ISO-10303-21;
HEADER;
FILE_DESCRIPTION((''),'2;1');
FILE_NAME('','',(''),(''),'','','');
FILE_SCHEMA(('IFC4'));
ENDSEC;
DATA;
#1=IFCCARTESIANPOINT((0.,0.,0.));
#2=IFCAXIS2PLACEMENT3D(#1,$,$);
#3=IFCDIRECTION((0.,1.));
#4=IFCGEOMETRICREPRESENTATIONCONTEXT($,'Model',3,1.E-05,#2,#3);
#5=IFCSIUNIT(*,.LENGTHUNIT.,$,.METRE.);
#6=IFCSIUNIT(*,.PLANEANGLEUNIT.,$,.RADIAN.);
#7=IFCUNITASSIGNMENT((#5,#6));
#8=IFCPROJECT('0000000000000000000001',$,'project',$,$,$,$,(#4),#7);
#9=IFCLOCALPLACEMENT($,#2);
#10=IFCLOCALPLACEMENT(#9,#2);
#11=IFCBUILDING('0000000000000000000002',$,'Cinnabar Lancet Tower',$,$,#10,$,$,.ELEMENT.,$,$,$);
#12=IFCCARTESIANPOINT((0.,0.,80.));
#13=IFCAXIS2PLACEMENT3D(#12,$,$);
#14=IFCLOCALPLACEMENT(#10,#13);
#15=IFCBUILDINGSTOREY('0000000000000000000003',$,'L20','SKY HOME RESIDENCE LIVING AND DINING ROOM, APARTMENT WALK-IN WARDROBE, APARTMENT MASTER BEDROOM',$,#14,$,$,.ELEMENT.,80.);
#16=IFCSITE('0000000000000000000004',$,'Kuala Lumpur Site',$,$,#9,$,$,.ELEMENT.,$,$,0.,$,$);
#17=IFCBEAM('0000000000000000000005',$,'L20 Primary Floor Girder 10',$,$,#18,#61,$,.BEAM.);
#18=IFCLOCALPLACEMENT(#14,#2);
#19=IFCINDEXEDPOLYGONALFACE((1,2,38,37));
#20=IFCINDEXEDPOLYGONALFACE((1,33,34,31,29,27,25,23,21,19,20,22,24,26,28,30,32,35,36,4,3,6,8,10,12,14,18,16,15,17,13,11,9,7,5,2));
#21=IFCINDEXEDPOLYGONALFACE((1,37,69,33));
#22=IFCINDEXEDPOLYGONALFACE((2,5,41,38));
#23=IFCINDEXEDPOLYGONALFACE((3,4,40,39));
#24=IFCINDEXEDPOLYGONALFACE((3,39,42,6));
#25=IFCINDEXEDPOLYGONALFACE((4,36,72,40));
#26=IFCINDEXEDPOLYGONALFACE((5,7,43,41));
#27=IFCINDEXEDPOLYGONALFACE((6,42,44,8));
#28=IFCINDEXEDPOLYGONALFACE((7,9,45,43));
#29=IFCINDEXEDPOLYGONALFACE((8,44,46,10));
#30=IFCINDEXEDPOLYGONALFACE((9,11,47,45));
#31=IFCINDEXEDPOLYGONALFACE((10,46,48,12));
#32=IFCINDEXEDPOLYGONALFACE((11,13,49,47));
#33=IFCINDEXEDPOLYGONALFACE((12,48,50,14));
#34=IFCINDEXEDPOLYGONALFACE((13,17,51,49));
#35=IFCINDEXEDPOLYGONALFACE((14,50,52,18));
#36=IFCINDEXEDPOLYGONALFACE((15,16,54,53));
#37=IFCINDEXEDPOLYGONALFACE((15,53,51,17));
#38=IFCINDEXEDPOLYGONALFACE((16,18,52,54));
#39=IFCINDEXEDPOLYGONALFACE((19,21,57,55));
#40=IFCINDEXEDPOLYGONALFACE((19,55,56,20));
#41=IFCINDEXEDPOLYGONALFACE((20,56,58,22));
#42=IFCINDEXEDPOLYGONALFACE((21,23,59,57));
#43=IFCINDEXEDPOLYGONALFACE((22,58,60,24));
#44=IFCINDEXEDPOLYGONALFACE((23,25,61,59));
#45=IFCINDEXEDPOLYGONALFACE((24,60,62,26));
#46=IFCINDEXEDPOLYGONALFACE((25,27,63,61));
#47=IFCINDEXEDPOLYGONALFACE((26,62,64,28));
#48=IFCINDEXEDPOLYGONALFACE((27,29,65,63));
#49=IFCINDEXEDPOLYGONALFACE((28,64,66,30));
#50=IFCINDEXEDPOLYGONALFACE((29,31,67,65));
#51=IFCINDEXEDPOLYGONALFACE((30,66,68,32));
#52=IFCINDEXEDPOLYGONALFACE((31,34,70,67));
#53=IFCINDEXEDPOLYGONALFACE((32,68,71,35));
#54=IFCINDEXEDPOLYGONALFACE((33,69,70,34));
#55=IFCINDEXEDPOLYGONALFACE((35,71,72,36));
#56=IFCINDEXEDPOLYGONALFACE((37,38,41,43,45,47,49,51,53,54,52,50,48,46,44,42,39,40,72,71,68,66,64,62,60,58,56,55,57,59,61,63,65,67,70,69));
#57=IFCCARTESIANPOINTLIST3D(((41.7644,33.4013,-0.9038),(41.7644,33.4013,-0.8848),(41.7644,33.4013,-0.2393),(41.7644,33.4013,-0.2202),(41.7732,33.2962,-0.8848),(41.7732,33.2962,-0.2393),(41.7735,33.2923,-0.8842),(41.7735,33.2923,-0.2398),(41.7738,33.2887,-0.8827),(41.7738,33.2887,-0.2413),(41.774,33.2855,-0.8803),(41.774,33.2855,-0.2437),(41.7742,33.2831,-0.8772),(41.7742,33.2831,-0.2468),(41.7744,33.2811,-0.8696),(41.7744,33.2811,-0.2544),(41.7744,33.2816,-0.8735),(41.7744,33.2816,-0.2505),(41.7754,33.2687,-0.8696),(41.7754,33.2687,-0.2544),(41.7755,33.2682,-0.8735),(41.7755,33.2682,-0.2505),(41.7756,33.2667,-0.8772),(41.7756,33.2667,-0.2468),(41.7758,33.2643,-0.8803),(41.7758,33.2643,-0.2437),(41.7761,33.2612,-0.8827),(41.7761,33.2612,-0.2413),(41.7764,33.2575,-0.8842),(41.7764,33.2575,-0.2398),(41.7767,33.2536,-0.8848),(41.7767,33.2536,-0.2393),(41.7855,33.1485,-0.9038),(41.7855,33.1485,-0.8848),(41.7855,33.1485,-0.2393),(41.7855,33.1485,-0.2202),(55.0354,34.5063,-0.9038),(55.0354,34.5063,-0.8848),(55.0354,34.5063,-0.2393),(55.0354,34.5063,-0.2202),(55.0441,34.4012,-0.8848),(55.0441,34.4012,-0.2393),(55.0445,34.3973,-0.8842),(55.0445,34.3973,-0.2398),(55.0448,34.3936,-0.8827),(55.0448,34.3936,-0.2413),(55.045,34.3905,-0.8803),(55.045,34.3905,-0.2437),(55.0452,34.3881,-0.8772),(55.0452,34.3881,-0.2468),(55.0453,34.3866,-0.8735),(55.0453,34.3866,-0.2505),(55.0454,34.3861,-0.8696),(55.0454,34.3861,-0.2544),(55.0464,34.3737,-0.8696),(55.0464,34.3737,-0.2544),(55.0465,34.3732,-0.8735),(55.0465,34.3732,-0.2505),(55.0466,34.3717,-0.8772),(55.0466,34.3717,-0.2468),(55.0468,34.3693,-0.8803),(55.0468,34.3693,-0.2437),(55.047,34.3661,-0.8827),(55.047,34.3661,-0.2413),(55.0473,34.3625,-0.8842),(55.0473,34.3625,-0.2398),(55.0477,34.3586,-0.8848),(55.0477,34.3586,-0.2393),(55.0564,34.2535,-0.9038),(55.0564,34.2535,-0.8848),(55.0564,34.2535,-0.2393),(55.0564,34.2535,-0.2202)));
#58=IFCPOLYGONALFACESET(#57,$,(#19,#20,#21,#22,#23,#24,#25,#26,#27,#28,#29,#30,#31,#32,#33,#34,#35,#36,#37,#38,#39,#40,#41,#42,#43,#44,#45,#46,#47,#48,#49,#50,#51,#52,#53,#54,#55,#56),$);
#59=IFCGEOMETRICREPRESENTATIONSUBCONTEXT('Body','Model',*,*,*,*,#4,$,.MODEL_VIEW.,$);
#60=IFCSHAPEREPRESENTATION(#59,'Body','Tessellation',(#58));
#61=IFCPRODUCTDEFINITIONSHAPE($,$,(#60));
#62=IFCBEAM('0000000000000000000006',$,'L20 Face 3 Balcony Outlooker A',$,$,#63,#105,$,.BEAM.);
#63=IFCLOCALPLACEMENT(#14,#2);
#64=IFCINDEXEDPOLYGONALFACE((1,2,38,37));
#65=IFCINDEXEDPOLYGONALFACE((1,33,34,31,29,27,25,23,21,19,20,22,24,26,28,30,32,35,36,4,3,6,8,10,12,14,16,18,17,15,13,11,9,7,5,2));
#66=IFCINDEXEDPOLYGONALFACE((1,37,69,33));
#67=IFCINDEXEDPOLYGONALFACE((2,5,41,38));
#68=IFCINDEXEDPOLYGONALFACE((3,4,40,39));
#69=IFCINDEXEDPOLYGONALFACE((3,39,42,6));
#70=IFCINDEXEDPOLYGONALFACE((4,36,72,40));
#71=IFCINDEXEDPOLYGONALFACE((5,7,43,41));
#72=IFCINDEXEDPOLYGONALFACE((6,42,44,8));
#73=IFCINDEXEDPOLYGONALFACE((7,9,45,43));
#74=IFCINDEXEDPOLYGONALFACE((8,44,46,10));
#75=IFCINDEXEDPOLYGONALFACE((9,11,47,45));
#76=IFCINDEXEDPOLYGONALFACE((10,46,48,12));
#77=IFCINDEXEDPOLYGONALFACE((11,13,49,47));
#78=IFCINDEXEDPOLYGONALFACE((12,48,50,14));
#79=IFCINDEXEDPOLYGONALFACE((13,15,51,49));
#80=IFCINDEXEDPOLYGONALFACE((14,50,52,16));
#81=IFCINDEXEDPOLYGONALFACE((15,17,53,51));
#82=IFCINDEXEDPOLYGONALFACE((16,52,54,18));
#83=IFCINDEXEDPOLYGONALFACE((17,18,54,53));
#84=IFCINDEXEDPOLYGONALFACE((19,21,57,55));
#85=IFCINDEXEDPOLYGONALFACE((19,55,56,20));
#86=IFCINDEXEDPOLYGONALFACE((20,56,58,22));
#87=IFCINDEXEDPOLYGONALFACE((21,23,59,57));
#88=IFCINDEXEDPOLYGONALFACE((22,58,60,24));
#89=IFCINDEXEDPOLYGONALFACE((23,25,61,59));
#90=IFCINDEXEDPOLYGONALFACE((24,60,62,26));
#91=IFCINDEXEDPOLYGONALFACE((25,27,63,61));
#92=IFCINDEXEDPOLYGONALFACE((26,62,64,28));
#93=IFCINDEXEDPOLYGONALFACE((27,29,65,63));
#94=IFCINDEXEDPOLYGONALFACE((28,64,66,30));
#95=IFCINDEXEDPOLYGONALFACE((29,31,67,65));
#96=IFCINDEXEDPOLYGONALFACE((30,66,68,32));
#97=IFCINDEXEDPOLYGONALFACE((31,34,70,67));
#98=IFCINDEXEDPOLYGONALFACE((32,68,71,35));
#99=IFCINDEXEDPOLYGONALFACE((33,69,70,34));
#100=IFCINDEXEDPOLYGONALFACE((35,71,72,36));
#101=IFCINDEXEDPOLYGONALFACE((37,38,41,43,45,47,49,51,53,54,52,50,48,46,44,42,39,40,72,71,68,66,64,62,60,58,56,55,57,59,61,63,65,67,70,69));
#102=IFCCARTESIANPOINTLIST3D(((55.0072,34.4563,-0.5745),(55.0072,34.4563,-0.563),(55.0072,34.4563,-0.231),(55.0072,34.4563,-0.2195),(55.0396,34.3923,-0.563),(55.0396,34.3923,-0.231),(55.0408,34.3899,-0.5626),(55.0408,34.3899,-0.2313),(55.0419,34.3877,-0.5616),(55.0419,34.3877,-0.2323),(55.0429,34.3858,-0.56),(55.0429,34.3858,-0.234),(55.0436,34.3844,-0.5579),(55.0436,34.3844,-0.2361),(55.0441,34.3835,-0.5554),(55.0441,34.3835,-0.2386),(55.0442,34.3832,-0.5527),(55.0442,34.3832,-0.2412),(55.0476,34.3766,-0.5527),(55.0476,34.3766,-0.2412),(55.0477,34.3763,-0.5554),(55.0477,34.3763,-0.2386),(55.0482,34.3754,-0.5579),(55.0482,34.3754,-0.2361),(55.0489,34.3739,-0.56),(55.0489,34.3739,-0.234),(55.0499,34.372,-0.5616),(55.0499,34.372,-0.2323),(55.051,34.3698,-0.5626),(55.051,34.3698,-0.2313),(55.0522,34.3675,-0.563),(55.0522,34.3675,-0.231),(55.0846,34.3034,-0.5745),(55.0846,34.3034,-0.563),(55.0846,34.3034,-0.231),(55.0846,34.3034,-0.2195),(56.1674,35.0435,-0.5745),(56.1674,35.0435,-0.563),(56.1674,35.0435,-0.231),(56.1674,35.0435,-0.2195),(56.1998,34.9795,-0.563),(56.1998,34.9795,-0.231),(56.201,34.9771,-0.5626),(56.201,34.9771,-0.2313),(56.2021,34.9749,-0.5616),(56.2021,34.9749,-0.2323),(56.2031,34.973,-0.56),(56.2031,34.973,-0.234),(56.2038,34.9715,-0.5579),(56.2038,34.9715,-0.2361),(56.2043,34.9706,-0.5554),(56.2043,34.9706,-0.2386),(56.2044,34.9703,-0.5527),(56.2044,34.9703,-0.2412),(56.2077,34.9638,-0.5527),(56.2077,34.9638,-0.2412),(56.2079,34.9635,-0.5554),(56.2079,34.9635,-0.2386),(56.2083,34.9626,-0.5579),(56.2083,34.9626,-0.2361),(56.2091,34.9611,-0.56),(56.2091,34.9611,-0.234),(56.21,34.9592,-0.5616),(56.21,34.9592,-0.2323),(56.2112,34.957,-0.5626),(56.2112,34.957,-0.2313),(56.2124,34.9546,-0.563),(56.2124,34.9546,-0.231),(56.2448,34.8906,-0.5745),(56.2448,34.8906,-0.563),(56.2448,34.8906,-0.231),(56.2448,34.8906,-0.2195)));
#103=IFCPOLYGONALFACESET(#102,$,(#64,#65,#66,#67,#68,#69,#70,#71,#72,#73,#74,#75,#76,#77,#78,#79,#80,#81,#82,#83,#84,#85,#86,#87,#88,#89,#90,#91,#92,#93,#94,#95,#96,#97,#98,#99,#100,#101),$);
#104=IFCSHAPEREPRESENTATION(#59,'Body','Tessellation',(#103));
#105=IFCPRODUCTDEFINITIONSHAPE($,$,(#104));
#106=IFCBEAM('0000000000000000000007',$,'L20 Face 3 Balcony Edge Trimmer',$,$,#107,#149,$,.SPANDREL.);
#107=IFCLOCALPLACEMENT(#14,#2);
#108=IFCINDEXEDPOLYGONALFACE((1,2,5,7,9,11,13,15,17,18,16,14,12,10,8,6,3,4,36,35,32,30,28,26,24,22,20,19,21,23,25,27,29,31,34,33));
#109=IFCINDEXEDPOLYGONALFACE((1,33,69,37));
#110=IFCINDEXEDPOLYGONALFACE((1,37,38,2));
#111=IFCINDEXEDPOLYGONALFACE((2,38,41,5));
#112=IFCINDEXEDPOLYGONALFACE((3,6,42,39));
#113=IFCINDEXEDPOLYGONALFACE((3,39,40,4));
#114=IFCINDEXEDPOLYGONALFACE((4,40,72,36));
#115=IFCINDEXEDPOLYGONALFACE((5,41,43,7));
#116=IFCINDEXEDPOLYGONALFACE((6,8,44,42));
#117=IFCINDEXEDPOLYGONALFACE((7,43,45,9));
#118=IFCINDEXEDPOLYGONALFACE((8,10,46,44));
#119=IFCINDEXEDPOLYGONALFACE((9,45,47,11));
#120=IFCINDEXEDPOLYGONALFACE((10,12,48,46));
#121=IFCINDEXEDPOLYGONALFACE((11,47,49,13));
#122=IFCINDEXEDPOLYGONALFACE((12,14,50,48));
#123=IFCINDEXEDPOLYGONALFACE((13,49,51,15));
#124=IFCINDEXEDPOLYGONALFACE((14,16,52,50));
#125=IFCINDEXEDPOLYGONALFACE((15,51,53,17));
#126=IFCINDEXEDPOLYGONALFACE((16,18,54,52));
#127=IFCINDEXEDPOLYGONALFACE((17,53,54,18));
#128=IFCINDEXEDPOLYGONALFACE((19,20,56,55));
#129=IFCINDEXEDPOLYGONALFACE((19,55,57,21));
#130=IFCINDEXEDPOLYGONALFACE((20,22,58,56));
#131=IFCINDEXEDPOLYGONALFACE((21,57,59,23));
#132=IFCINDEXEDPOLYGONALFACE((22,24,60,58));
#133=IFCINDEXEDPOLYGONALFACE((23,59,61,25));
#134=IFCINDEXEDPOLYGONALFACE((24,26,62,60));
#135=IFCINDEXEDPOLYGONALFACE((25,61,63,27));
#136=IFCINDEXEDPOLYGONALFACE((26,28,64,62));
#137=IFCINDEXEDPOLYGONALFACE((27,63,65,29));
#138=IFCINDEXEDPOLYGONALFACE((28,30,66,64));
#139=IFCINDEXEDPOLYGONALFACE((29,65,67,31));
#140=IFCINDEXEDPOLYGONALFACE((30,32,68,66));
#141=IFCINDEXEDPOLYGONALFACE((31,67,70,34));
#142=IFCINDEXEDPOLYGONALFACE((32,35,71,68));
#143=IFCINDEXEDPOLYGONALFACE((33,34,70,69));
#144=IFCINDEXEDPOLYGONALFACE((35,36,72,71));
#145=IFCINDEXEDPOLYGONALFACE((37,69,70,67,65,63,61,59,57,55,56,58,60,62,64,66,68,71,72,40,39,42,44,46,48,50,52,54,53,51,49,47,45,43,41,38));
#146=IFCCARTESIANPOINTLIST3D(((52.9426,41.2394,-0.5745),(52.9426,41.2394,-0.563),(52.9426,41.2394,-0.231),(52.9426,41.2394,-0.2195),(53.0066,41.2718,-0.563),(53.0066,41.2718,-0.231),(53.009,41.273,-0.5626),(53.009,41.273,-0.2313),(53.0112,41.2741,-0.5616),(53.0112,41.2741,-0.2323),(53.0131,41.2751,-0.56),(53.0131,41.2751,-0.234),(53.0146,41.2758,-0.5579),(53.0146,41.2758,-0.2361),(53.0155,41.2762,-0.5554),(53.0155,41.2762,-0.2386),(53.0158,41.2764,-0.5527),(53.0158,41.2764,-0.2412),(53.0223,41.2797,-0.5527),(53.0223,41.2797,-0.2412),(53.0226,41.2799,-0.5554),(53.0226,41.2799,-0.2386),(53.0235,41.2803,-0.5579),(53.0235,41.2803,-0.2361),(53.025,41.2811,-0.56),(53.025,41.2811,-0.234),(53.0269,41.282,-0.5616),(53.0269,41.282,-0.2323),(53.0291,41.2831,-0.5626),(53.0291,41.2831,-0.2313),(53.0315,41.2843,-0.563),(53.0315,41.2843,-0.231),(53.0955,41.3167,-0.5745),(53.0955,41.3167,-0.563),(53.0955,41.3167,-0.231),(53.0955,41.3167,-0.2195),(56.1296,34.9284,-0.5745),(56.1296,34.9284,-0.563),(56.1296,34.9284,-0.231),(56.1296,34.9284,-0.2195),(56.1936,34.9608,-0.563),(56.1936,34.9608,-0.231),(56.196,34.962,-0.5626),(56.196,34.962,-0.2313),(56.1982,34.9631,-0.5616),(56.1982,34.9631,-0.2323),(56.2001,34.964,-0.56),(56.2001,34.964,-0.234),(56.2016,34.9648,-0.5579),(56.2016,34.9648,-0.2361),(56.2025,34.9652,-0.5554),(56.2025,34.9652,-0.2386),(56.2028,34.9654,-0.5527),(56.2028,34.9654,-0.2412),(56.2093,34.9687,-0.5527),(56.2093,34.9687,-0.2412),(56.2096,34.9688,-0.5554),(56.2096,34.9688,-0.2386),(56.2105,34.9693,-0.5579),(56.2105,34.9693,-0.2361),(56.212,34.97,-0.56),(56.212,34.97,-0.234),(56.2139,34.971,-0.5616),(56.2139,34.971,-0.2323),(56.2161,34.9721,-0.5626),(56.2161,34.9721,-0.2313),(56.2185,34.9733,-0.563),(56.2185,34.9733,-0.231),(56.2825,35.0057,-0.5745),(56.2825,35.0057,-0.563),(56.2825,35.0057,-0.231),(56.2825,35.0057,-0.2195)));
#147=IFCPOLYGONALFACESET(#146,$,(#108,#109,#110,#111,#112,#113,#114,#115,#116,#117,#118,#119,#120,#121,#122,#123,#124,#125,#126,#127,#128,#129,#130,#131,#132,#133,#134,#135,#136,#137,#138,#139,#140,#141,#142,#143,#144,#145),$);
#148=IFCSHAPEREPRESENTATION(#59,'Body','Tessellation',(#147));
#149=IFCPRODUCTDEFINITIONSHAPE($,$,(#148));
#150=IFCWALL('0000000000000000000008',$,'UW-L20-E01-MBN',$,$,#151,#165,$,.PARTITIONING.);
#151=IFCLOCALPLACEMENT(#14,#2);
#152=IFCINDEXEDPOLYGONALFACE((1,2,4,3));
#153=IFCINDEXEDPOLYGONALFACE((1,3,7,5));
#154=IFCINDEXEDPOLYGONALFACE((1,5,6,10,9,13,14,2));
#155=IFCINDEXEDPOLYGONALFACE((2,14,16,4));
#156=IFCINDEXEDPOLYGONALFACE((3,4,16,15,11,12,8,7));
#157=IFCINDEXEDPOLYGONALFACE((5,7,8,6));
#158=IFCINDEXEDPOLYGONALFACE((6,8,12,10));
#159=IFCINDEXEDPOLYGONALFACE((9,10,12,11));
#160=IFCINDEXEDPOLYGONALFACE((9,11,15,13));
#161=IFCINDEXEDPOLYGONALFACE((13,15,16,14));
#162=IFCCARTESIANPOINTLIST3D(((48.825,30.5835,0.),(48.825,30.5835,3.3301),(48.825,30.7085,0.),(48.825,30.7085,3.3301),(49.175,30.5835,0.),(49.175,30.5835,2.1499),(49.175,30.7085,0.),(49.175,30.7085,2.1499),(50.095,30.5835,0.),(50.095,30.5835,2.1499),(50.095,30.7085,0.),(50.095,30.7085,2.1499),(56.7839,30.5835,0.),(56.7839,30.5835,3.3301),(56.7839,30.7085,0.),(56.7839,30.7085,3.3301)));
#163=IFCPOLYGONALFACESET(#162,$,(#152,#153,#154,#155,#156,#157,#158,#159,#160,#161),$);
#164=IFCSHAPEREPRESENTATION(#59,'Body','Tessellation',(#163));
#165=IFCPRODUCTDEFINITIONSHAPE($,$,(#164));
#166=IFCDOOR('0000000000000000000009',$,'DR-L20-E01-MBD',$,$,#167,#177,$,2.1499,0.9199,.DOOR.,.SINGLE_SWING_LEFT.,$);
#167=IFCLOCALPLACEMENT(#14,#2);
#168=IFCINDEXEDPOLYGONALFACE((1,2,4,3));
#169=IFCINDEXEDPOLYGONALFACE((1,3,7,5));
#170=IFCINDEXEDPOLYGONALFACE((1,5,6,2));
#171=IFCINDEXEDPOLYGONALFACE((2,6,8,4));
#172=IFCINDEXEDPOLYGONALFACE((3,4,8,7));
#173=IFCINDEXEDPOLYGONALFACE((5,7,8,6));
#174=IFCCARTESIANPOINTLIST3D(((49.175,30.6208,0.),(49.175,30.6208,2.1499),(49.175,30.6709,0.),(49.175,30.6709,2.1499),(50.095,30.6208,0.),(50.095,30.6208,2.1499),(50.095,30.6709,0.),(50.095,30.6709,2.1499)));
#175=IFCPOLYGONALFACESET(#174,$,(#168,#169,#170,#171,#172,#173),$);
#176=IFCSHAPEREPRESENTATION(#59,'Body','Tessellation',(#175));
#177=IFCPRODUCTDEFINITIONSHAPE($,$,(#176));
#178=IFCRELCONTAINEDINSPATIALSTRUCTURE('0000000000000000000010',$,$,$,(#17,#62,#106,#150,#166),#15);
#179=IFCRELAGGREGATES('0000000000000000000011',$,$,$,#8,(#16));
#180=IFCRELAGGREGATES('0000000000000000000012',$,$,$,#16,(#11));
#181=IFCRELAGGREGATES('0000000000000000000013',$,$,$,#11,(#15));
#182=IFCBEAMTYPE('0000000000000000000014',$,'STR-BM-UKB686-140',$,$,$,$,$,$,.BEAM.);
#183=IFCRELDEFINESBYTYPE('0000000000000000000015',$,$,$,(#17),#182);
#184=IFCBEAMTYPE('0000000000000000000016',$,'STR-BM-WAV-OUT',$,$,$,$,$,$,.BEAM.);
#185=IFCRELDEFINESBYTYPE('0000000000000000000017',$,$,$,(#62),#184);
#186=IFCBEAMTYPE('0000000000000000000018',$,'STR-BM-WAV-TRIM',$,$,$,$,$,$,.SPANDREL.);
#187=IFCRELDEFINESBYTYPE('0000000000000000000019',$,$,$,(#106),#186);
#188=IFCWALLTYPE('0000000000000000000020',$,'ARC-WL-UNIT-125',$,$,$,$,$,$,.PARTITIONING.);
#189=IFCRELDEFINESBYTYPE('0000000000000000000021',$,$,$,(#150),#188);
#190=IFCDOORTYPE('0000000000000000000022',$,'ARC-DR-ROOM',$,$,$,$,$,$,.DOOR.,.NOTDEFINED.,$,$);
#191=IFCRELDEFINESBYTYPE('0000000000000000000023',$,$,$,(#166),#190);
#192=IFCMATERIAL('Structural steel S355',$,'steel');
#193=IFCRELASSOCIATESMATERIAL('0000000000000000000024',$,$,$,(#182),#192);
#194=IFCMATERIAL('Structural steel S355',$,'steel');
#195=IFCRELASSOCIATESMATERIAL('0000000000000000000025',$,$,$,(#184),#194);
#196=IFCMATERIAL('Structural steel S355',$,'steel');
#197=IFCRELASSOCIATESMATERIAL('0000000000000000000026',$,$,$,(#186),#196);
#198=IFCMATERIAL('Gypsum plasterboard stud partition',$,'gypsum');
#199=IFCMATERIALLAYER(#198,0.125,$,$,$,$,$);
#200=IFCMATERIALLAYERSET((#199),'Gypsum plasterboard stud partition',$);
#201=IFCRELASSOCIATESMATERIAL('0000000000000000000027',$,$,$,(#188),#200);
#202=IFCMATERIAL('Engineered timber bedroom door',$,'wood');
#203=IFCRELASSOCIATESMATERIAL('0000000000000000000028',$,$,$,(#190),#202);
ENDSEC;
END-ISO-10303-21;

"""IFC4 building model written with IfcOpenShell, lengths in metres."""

from ifc_helpers import new_model, si_unit, direction, frame, frame_2d, origin, origin_2d, place, context, subcontext, project, spatial, rectangle, i_section, extrude, material, layer, layer_set, material_profile, profile_set, type_object, element, fill, save


model = new_model("IFC4")

# Units and contexts
model_context = context("Model", 3, precision=1e-05, world=origin(), true_north=direction((0.0, 1.0)))
body_context = subcontext(model_context, "Body", "Model", "MODEL_VIEW")
ifc_project = project(units=[si_unit("LENGTHUNIT", "METRE"), si_unit("PLANEANGLEUNIT", "RADIAN")], contexts=[model_context])

# Site, building, storey
site_placement = place(None, origin())
site = spatial("IfcSite", under=ifc_project, at=site_placement, Name="Kuala Lumpur Site", CompositionType="ELEMENT", RefElevation=0.0)
building_placement = place(site_placement, origin())
building = spatial("IfcBuilding", under=site, at=building_placement, Name="Cinnabar Lancet Tower", CompositionType="ELEMENT")
storey_placement = place(building_placement, frame((0.0, 0.0, 80.0)))
storey = spatial("IfcBuildingStorey", under=building, at=storey_placement, Name="L20", Description="SKY HOME RESIDENCE LIVING AND DINING ROOM, APARTMENT WALK-IN WARDROBE, APARTMENT MASTER BEDROOM", CompositionType="ELEMENT", Elevation=80.0)

# Beams
ifc_material_1 = material(Name="Structural steel S355", Category="steel")
ifc_material_profile_1 = material_profile(ifc_material_1, i_section(OverallWidth=0.2537, OverallDepth=0.6836, WebThickness=0.0125, FlangeThickness=0.019, FilletRadius=0.0151, at=origin_2d()), Name="UKB 686x254x140")
ifc_profile_set_1 = profile_set([ifc_material_profile_1], Name="Structural steel S355")
beam_type_1 = type_object("IfcBeamType", Name="STR-BM-UKB686-140", PredefinedType="BEAM", material=ifc_profile_set_1)
beam_1_placement = place(storey_placement, frame((55.0459, 34.3799, -0.562), z_axis=(-0.996552, -0.082976, 0.0), x_axis=(0.082976, -0.996552, 0.0)))
element("IfcBeam", 1, at=beam_1_placement, inside=storey, type_object=beam_type_1, Name="L20 Primary Floor Girder 10", PredefinedType="BEAM", context=body_context, shape_type="SweptSolid", body=[
    extrude(i_section(OverallWidth=0.2537, OverallDepth=0.6836, WebThickness=0.0125, FlangeThickness=0.019, FilletRadius=0.0151, at=origin_2d()), origin(), (0.0, 0.0, 1.0), 13.3169),
])
ifc_material_2 = material(Name="Structural steel S355", Category="steel")
ifc_material_profile_2 = material_profile(ifc_material_2, i_section(OverallWidth=0.1714, OverallDepth=0.355, WebThickness=0.0073, FlangeThickness=0.0115, FilletRadius=0.0103, at=origin_2d()), Name="UKB 356x171x51")
ifc_profile_set_2 = profile_set([ifc_material_profile_2], Name="Structural steel S355")
beam_type_2 = type_object("IfcBeamType", Name="STR-BM-WAV-OUT", PredefinedType="BEAM", material=ifc_profile_set_2)
beam_2_placement = place(storey_placement, frame((55.0459, 34.3799, -0.397), z_axis=(0.892239, 0.451564, 0.0), x_axis=(-0.451564, 0.892239, 0.0)))
element("IfcBeam", 2, at=beam_2_placement, inside=storey, type_object=beam_type_2, Name="L20 Face 3 Balcony Outlooker A", PredefinedType="BEAM", context=body_context, shape_type="SweptSolid", body=[
    extrude(i_section(OverallWidth=0.1714, OverallDepth=0.355, WebThickness=0.0073, FlangeThickness=0.0115, FilletRadius=0.0103, at=origin_2d()), origin(), (0.0, 0.0, 1.0), 1.3003),
])
ifc_material_3 = material(Name="Structural steel S355", Category="steel")
ifc_material_profile_3 = material_profile(ifc_material_3, i_section(OverallWidth=0.1714, OverallDepth=0.355, WebThickness=0.0073, FlangeThickness=0.0115, FilletRadius=0.0103, at=origin_2d()), Name="UKB 356x171x51")
ifc_profile_set_3 = profile_set([ifc_material_profile_3], Name="Structural steel S355")
beam_type_3 = type_object("IfcBeamType", Name="STR-BM-WAV-TRIM", PredefinedType="SPANDREL", material=ifc_profile_set_3)
beam_3_placement = place(storey_placement, frame((56.2061, 34.967, -0.397), z_axis=(-0.450774, 0.892638, 0.0), x_axis=(-0.892638, -0.450774, 0.0)))
element("IfcBeam", 3, at=beam_3_placement, inside=storey, type_object=beam_type_3, Name="L20 Face 3 Balcony Edge Trimmer", PredefinedType="SPANDREL", context=body_context, shape_type="SweptSolid", body=[
    extrude(i_section(OverallWidth=0.1714, OverallDepth=0.355, WebThickness=0.0073, FlangeThickness=0.0115, FilletRadius=0.0103, at=origin_2d()), origin(), (0.0, 0.0, 1.0), 7.0701),
])

# Wall, opening, door
ifc_material_4 = material(Name="Gypsum plasterboard stud partition", Category="gypsum")
ifc_layer_1 = layer(ifc_material_4, 0.125)
ifc_layer_set_1 = layer_set([ifc_layer_1], Name="Gypsum plasterboard stud partition")
wall_type_1 = type_object("IfcWallType", Name="ARC-WL-UNIT-125", PredefinedType="PARTITIONING", material=ifc_layer_set_1)
wall_1_placement = place(storey_placement, frame((48.825, 30.646, 0.0), z_axis=(0.0, 0.0, 1.0), x_axis=(1.0, 0.0, 0.0)))
wall_1 = element("IfcWall", 4, at=wall_1_placement, inside=storey, type_object=wall_type_1, Name="UW-L20-E01-MBN", PredefinedType="PARTITIONING", context=body_context, shape_type="SweptSolid", body=[
    extrude(rectangle(XDim=7.959, YDim=0.125, at=frame_2d((3.9795, 0.0))), origin(), (0.0, 0.0, 1.0), 3.3301),
])
opening_1_placement = place(wall_1_placement, frame((0.3501, 0.0, 0.0)))
opening_1 = element("IfcOpeningElement", 5, at=opening_1_placement, cuts=wall_1, PredefinedType="OPENING", context=body_context, shape_type="SweptSolid", body=[
    extrude(rectangle(XDim=0.9199, YDim=2.1499, at=frame_2d((0.46, 1.075))), frame((0.0, 0.0725, 0.0), z_axis=(0.0, -1.0, 0.0), x_axis=(1.0, 0.0, 0.0)), (0.0, 0.0, 1.0), 0.145),
])
ifc_material_5 = material(Name="Engineered timber bedroom door", Category="wood")
door_type_1 = type_object("IfcDoorType", Name="ARC-DR-ROOM", OperationType="NOTDEFINED", PredefinedType="DOOR", material=ifc_material_5)
door_1_placement = place(opening_1_placement, origin())
door_1 = element("IfcDoor", 6, at=door_1_placement, inside=storey, type_object=door_type_1, Name="DR-L20-E01-MBD", OperationType="SINGLE_SWING_LEFT", OverallHeight=2.1499, OverallWidth=0.9199, PredefinedType="DOOR", context=body_context, shape_type="SweptSolid", body=[
    extrude(rectangle(XDim=0.9199, YDim=2.1499, at=frame_2d((0.46, 1.075))), frame((0.0, 0.0249, 0.0), z_axis=(0.0, -1.0, 0.0), x_axis=(1.0, 0.0, 0.0)), (0.0, 0.0, 1.0), 0.05),
])
fill(opening_1, door_1)

save(model, "model.ifc")
